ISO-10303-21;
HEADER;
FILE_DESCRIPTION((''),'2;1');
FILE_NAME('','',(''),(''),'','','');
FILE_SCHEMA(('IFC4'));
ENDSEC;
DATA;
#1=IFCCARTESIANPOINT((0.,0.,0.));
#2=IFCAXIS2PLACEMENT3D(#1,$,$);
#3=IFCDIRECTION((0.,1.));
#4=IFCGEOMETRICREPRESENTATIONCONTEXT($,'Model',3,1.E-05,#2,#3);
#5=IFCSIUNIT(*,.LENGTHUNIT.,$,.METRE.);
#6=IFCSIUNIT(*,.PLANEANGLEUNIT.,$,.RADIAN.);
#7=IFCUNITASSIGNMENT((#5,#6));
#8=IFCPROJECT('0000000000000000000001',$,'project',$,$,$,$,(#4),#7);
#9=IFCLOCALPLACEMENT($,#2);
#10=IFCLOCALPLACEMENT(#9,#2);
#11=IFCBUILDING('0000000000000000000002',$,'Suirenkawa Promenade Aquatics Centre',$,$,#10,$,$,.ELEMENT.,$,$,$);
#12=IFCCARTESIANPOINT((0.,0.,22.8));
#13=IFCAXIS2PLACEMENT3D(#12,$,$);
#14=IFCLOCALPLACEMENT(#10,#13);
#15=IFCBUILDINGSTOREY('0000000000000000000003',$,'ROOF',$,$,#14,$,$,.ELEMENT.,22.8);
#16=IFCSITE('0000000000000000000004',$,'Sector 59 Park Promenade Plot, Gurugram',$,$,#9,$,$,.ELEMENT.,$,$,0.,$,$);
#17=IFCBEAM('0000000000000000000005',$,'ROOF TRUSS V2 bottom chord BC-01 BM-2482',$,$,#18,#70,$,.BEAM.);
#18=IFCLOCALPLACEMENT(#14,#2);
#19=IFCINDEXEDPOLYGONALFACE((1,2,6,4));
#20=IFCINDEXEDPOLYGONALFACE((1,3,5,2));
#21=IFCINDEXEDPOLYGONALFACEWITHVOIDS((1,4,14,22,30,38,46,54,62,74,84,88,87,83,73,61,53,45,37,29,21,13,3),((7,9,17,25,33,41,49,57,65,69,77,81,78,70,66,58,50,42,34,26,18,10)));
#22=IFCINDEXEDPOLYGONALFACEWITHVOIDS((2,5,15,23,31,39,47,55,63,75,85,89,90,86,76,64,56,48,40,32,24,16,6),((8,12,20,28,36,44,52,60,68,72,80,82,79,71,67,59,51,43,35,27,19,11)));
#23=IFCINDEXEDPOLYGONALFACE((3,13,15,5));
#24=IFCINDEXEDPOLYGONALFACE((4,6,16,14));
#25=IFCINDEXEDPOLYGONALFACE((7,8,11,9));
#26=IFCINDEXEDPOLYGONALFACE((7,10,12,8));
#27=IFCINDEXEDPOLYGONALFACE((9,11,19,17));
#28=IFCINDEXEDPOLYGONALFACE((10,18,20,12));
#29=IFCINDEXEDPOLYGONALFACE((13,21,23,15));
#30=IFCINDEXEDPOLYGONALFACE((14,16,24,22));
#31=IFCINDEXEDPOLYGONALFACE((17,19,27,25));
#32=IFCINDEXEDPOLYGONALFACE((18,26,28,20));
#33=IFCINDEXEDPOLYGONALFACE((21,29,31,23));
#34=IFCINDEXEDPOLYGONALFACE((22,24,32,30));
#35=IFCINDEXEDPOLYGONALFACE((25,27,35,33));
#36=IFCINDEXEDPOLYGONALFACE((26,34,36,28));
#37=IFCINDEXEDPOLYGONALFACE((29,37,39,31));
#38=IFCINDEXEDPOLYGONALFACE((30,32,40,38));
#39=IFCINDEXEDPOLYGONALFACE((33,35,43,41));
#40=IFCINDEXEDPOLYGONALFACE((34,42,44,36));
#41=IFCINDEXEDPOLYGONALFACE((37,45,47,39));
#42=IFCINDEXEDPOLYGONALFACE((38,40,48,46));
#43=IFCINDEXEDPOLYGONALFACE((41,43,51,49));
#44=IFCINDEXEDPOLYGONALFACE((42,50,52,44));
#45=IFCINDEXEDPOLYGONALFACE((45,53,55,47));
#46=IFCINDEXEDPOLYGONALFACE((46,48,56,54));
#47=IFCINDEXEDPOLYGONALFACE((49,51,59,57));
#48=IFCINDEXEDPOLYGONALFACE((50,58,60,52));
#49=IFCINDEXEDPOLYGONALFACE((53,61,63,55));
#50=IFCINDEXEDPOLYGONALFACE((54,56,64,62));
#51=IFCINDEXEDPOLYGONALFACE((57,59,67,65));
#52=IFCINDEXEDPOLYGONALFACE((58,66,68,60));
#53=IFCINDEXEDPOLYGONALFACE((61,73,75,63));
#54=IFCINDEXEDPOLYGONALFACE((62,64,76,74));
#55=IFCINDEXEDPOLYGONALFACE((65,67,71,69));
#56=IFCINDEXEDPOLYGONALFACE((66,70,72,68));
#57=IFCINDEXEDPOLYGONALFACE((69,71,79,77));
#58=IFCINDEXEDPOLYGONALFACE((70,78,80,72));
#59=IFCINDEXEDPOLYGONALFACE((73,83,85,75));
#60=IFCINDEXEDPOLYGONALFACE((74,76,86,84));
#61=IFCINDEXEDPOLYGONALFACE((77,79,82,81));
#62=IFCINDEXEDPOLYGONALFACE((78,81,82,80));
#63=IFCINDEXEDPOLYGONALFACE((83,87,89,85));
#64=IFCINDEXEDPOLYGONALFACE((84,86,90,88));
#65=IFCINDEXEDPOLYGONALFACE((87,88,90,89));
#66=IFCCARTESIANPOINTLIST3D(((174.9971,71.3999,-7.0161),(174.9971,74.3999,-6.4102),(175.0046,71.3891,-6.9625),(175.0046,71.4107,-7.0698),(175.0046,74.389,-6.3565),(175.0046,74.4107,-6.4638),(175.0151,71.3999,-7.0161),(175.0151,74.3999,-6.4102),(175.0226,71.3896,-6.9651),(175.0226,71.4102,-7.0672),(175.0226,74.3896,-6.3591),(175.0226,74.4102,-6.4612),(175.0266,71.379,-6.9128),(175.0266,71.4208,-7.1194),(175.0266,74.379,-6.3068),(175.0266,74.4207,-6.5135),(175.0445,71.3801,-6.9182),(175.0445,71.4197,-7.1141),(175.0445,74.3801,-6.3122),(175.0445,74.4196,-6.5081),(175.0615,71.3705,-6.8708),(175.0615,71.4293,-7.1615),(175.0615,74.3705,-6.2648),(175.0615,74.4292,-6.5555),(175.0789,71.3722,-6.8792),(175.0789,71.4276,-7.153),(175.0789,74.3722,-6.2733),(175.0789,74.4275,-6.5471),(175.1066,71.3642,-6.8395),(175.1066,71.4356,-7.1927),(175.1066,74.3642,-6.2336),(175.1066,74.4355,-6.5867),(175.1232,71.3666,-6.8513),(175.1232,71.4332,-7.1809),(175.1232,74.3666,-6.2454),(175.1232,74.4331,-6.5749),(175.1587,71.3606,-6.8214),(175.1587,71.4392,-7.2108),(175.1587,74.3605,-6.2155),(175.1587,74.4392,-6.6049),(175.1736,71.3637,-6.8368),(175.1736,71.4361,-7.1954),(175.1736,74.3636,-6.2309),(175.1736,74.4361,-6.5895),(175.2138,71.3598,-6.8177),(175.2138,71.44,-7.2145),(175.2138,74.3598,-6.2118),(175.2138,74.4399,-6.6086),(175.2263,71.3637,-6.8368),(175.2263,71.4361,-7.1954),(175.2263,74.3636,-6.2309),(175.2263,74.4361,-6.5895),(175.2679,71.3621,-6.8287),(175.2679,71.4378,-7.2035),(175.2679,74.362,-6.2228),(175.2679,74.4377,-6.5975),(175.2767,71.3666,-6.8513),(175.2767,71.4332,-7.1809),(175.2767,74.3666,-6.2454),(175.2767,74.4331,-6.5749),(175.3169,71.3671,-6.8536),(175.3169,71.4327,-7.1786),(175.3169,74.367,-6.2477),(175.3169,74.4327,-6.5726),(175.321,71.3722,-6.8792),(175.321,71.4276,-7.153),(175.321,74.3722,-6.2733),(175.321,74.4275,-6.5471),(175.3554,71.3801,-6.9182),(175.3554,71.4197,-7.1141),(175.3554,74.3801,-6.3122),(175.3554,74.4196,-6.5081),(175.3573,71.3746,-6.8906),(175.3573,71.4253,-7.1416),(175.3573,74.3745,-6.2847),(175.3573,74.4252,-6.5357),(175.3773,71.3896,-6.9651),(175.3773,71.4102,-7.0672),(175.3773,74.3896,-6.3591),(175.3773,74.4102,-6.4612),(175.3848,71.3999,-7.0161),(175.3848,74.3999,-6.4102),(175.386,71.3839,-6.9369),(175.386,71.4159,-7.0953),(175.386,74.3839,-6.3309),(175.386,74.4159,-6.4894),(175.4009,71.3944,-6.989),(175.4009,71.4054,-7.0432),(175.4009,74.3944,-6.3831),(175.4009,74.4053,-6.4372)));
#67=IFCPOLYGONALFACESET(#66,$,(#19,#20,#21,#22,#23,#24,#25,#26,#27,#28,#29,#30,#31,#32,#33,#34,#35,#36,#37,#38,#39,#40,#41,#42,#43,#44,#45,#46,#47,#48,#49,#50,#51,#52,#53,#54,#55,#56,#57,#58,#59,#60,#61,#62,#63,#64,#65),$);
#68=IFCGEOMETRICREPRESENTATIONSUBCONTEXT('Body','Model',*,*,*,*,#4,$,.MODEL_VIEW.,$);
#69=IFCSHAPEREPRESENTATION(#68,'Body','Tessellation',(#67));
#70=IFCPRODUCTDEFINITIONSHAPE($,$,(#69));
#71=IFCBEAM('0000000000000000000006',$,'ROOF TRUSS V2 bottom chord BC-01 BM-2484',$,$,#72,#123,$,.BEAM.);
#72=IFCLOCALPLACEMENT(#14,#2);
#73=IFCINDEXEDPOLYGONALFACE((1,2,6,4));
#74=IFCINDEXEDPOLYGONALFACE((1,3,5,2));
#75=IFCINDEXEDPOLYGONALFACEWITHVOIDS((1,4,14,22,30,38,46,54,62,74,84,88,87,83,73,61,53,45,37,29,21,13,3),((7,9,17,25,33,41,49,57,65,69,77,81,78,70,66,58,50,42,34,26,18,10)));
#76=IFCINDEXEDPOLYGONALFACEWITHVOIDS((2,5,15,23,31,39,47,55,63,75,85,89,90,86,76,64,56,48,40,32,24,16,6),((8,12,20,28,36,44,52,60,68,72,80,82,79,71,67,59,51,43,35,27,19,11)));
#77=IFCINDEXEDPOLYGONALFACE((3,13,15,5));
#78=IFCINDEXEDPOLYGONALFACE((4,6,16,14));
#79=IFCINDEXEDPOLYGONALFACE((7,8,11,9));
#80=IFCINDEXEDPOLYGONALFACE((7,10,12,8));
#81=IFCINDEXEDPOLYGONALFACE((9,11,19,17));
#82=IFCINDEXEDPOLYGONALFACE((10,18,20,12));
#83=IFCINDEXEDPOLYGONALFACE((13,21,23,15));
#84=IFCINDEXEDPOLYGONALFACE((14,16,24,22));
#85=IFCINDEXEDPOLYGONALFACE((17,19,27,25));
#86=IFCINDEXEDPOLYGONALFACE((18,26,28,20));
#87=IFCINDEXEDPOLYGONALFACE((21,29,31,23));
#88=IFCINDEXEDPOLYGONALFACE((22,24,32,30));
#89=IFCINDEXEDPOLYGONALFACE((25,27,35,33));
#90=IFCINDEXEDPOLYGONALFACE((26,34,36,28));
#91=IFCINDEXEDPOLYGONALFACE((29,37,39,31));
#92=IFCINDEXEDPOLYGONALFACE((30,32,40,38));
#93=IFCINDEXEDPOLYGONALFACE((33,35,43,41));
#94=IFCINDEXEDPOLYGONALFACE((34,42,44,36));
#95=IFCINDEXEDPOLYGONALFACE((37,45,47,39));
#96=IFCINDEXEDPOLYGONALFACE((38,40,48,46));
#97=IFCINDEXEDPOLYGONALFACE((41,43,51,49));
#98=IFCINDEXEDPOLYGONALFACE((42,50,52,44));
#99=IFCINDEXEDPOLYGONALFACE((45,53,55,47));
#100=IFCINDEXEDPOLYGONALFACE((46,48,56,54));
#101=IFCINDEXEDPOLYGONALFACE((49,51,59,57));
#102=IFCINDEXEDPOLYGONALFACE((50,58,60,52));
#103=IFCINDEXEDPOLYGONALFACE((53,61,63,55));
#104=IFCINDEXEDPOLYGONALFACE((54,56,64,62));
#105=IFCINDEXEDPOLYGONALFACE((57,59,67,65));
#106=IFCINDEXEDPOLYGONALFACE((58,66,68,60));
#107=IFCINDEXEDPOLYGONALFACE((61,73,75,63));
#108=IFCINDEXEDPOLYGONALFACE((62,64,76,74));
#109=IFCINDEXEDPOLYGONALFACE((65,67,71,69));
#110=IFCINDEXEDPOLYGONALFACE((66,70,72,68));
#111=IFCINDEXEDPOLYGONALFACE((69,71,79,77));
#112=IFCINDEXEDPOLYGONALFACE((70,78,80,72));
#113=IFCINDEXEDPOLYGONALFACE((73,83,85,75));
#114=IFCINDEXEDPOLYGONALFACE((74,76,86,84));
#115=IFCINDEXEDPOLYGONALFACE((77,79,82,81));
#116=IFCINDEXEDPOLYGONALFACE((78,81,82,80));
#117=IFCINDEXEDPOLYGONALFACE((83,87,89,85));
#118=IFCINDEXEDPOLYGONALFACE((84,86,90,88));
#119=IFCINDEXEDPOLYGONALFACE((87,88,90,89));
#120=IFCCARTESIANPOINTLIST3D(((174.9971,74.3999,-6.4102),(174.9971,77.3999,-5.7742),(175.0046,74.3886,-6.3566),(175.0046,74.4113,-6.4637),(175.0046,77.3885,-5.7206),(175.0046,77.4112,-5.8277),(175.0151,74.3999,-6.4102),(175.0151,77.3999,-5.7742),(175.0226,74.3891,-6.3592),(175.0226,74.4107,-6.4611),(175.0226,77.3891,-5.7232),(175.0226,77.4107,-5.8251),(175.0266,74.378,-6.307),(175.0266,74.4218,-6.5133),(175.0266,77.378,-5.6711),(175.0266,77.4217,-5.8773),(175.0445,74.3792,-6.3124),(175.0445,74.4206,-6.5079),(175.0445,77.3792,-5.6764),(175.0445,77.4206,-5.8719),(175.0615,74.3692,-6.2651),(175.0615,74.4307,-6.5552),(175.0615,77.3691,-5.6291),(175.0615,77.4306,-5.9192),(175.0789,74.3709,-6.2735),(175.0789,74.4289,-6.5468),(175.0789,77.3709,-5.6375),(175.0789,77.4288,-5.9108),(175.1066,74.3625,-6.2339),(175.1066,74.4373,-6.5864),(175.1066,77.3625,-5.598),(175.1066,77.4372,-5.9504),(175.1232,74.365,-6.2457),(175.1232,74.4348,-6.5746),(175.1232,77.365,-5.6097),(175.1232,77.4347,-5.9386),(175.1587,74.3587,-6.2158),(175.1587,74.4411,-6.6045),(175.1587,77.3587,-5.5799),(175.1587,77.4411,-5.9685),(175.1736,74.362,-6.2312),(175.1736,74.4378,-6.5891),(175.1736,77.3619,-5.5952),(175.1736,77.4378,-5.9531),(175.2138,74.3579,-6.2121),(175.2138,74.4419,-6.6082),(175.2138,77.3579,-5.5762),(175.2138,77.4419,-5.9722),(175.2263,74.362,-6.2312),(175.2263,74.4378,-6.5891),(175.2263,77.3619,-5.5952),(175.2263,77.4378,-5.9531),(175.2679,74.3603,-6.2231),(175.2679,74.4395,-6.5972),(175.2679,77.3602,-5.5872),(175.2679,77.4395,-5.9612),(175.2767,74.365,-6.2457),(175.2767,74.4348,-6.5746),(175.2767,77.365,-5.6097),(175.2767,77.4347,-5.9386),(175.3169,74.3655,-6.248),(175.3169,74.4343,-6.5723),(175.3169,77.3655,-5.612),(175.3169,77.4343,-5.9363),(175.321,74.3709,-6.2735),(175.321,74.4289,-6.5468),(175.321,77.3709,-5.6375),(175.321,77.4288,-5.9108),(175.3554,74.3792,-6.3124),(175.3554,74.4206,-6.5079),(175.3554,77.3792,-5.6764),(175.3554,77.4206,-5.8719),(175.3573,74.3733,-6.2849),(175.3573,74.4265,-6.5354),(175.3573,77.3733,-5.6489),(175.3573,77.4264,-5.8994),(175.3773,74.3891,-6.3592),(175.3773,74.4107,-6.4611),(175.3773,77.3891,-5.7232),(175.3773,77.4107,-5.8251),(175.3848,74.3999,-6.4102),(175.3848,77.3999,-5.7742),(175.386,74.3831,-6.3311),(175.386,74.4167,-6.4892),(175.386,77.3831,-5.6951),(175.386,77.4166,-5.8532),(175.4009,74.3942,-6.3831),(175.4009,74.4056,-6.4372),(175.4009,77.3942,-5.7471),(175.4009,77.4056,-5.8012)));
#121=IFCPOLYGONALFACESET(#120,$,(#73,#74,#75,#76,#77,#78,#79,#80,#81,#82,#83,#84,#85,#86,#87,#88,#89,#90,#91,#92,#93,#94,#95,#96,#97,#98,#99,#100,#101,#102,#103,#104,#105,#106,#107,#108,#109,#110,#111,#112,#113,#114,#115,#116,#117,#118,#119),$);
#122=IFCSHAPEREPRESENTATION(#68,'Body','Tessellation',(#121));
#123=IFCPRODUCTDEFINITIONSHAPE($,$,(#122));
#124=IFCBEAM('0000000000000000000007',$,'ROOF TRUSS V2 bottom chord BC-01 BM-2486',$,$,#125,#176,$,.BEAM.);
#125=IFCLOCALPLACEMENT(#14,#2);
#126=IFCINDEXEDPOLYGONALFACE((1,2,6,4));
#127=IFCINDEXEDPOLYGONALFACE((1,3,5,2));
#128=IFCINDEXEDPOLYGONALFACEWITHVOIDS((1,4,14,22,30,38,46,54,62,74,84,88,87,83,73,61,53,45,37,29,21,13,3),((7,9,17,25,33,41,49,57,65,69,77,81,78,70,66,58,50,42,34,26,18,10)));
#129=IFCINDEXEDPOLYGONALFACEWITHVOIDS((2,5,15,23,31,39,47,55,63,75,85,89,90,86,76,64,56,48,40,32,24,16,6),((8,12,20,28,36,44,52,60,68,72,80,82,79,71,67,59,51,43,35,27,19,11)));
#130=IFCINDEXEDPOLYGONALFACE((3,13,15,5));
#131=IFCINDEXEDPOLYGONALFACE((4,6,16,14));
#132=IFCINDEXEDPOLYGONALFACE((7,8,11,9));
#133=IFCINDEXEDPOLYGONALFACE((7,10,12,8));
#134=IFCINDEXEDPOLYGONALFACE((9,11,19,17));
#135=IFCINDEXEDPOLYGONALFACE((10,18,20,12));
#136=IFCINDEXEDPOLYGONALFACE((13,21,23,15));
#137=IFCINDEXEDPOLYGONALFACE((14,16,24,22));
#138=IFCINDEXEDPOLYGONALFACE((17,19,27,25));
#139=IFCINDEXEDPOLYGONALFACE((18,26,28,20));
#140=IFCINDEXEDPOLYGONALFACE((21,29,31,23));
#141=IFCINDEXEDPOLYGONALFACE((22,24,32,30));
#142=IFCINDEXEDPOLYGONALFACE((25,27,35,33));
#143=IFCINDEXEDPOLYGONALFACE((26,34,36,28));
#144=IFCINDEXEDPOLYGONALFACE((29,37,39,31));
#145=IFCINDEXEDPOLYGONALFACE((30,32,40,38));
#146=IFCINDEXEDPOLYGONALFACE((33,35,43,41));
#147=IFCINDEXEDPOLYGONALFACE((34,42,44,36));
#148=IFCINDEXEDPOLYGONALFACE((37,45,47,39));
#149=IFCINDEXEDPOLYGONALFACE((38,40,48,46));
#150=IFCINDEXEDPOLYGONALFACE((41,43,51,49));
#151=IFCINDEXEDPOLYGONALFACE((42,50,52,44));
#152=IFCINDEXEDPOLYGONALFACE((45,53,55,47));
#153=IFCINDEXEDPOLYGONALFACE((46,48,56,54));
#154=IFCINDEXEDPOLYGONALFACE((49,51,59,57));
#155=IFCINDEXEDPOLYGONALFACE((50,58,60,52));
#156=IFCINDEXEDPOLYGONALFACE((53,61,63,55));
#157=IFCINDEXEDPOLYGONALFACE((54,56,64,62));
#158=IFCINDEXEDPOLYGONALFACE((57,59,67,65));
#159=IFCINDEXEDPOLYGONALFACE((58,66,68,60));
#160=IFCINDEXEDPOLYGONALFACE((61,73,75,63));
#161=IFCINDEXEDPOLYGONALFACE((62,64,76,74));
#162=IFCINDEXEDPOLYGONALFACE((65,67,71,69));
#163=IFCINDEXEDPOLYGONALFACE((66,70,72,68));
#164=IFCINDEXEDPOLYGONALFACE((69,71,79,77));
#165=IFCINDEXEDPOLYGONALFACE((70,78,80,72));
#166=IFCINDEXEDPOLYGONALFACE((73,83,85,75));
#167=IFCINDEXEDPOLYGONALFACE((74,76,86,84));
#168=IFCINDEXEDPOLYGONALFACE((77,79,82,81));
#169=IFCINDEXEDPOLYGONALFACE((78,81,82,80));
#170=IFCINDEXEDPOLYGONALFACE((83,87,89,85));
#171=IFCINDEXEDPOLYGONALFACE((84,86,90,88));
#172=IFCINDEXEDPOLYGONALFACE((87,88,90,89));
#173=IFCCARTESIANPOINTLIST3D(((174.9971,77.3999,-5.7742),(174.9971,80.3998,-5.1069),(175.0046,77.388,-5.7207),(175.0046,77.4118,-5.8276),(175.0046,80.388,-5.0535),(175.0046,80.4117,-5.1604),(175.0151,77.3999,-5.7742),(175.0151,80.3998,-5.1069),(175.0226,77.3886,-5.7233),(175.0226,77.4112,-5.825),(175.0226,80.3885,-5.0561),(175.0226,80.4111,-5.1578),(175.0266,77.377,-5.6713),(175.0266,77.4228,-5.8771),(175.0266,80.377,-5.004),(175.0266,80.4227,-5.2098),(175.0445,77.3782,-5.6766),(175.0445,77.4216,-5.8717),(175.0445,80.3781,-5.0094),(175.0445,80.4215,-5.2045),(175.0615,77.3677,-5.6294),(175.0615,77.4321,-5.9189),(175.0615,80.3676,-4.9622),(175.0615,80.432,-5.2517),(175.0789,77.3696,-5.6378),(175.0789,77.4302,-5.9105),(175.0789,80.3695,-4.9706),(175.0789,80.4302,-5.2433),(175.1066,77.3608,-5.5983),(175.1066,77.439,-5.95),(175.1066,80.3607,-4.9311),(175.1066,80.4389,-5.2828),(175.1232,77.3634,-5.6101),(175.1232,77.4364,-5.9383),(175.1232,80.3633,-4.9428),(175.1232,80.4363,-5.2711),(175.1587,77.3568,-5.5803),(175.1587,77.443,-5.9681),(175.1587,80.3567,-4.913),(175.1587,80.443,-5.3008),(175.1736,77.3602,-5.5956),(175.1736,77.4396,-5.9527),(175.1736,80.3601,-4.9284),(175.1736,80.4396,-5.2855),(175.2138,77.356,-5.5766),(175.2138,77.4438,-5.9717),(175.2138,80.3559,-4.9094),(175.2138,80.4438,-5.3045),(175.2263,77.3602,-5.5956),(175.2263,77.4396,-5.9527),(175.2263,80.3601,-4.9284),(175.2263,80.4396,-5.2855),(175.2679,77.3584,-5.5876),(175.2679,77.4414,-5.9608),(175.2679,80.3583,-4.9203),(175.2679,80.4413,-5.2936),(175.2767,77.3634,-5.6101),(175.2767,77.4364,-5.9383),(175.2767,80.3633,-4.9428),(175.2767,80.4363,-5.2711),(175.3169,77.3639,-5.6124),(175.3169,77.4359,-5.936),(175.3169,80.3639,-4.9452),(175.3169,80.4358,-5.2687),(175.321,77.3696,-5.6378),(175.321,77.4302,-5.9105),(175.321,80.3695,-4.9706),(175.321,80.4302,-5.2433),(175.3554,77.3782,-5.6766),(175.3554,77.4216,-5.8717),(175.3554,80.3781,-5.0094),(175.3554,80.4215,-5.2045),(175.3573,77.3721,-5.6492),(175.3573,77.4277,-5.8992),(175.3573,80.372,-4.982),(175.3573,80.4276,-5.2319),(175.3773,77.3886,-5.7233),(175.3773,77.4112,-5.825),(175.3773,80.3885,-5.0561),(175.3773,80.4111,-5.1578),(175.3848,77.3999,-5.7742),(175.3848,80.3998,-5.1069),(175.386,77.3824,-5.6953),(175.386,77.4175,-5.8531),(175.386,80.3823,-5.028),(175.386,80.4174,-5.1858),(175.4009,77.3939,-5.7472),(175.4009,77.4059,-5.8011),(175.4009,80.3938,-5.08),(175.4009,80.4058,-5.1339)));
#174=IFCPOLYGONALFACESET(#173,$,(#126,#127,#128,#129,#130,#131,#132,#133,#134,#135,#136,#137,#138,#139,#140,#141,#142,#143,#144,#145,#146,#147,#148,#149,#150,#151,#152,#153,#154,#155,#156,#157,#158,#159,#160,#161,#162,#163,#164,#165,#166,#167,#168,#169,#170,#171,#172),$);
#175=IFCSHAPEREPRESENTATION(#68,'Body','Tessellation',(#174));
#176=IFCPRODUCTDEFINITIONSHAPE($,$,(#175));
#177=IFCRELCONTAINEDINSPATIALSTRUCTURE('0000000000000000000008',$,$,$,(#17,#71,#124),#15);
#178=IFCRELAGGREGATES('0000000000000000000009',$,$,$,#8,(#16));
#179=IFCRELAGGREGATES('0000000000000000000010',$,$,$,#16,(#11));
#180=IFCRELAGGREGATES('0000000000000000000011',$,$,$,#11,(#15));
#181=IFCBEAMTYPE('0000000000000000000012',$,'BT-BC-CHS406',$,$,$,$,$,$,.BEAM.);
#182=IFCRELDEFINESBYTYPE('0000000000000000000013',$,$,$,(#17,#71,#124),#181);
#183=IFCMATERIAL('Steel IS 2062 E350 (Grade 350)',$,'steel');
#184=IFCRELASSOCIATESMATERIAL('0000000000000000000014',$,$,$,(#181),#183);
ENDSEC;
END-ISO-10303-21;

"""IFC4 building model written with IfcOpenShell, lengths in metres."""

from ifc_helpers import new_model, si_unit, direction, frame, origin, origin_2d, place, context, subcontext, project, spatial, hollow_circle, extrude, material, material_profile, profile_set, type_object, element, save


model = new_model("IFC4")

# Units and contexts
model_context = context("Model", 3, precision=1e-05, world=origin(), true_north=direction((0.0, 1.0)))
body_context = subcontext(model_context, "Body", "Model", "MODEL_VIEW")
ifc_project = project(units=[si_unit("LENGTHUNIT", "METRE"), si_unit("PLANEANGLEUNIT", "RADIAN")], contexts=[model_context])

# Site, building, storey
site_placement = place(None, origin())
site = spatial("IfcSite", under=ifc_project, at=site_placement, Name="Sector 59 Park Promenade Plot, Gurugram", CompositionType="ELEMENT", RefElevation=0.0)
building_placement = place(site_placement, origin())
building = spatial("IfcBuilding", under=site, at=building_placement, Name="Suirenkawa Promenade Aquatics Centre", CompositionType="ELEMENT")
storey_placement = place(building_placement, frame((0.0, 0.0, 22.8)))
storey = spatial("IfcBuildingStorey", under=building, at=storey_placement, Name="ROOF", CompositionType="ELEMENT", Elevation=22.8)

# Beams
ifc_material = material(Name="Steel IS 2062 E350 (Grade 350)", Category="steel")
ifc_material_profile_1 = material_profile(ifc_material, hollow_circle(Radius=0.2029, WallThickness=0.0181, at=origin_2d()), Name="CHS 406x18", Category="steel")
ifc_profile_set_1 = profile_set([ifc_material_profile_1], Name="Steel IS 2062 E350 (Grade 350)")
beam_type_1 = type_object("IfcBeamType", Name="BT-BC-CHS406", PredefinedType="BEAM", material=ifc_profile_set_1)
beam_1_placement = place(storey_placement, frame((175.2, 71.3999, -7.0161), z_axis=(0.0, 0.980205, 0.197987), x_axis=(-1.0, 0.0, 0.0)))
element("IfcBeam", 1, at=beam_1_placement, inside=storey, type_object=beam_type_1, Name="ROOF TRUSS V2 bottom chord BC-01 BM-2482", PredefinedType="BEAM", context=body_context, shape_type="SweptSolid", body=[
    extrude(hollow_circle(Radius=0.2029, WallThickness=0.0181, at=origin_2d()), origin(), (0.0, 0.0, 1.0), 3.0605),
])
beam_2_placement = place(storey_placement, frame((175.2, 74.3999, -6.4102), z_axis=(0.0, 0.978259, 0.207386), x_axis=(-1.0, 0.0, 0.0)))
element("IfcBeam", 2, at=beam_2_placement, inside=storey, type_object=beam_type_1, Name="ROOF TRUSS V2 bottom chord BC-01 BM-2484", PredefinedType="BEAM", context=body_context, shape_type="SweptSolid", body=[
    extrude(hollow_circle(Radius=0.2029, WallThickness=0.0181, at=origin_2d()), origin(), (0.0, 0.0, 1.0), 3.0667),
])
beam_3_placement = place(storey_placement, frame((175.2, 77.3999, -5.7742), z_axis=(0.0, 0.976148, 0.217107), x_axis=(-1.0, 0.0, 0.0)))
element("IfcBeam", 3, at=beam_3_placement, inside=storey, type_object=beam_type_1, Name="ROOF TRUSS V2 bottom chord BC-01 BM-2486", PredefinedType="BEAM", context=body_context, shape_type="SweptSolid", body=[
    extrude(hollow_circle(Radius=0.2029, WallThickness=0.0181, at=origin_2d()), origin(), (0.0, 0.0, 1.0), 3.0732),
])

save(model, "model.ifc")
